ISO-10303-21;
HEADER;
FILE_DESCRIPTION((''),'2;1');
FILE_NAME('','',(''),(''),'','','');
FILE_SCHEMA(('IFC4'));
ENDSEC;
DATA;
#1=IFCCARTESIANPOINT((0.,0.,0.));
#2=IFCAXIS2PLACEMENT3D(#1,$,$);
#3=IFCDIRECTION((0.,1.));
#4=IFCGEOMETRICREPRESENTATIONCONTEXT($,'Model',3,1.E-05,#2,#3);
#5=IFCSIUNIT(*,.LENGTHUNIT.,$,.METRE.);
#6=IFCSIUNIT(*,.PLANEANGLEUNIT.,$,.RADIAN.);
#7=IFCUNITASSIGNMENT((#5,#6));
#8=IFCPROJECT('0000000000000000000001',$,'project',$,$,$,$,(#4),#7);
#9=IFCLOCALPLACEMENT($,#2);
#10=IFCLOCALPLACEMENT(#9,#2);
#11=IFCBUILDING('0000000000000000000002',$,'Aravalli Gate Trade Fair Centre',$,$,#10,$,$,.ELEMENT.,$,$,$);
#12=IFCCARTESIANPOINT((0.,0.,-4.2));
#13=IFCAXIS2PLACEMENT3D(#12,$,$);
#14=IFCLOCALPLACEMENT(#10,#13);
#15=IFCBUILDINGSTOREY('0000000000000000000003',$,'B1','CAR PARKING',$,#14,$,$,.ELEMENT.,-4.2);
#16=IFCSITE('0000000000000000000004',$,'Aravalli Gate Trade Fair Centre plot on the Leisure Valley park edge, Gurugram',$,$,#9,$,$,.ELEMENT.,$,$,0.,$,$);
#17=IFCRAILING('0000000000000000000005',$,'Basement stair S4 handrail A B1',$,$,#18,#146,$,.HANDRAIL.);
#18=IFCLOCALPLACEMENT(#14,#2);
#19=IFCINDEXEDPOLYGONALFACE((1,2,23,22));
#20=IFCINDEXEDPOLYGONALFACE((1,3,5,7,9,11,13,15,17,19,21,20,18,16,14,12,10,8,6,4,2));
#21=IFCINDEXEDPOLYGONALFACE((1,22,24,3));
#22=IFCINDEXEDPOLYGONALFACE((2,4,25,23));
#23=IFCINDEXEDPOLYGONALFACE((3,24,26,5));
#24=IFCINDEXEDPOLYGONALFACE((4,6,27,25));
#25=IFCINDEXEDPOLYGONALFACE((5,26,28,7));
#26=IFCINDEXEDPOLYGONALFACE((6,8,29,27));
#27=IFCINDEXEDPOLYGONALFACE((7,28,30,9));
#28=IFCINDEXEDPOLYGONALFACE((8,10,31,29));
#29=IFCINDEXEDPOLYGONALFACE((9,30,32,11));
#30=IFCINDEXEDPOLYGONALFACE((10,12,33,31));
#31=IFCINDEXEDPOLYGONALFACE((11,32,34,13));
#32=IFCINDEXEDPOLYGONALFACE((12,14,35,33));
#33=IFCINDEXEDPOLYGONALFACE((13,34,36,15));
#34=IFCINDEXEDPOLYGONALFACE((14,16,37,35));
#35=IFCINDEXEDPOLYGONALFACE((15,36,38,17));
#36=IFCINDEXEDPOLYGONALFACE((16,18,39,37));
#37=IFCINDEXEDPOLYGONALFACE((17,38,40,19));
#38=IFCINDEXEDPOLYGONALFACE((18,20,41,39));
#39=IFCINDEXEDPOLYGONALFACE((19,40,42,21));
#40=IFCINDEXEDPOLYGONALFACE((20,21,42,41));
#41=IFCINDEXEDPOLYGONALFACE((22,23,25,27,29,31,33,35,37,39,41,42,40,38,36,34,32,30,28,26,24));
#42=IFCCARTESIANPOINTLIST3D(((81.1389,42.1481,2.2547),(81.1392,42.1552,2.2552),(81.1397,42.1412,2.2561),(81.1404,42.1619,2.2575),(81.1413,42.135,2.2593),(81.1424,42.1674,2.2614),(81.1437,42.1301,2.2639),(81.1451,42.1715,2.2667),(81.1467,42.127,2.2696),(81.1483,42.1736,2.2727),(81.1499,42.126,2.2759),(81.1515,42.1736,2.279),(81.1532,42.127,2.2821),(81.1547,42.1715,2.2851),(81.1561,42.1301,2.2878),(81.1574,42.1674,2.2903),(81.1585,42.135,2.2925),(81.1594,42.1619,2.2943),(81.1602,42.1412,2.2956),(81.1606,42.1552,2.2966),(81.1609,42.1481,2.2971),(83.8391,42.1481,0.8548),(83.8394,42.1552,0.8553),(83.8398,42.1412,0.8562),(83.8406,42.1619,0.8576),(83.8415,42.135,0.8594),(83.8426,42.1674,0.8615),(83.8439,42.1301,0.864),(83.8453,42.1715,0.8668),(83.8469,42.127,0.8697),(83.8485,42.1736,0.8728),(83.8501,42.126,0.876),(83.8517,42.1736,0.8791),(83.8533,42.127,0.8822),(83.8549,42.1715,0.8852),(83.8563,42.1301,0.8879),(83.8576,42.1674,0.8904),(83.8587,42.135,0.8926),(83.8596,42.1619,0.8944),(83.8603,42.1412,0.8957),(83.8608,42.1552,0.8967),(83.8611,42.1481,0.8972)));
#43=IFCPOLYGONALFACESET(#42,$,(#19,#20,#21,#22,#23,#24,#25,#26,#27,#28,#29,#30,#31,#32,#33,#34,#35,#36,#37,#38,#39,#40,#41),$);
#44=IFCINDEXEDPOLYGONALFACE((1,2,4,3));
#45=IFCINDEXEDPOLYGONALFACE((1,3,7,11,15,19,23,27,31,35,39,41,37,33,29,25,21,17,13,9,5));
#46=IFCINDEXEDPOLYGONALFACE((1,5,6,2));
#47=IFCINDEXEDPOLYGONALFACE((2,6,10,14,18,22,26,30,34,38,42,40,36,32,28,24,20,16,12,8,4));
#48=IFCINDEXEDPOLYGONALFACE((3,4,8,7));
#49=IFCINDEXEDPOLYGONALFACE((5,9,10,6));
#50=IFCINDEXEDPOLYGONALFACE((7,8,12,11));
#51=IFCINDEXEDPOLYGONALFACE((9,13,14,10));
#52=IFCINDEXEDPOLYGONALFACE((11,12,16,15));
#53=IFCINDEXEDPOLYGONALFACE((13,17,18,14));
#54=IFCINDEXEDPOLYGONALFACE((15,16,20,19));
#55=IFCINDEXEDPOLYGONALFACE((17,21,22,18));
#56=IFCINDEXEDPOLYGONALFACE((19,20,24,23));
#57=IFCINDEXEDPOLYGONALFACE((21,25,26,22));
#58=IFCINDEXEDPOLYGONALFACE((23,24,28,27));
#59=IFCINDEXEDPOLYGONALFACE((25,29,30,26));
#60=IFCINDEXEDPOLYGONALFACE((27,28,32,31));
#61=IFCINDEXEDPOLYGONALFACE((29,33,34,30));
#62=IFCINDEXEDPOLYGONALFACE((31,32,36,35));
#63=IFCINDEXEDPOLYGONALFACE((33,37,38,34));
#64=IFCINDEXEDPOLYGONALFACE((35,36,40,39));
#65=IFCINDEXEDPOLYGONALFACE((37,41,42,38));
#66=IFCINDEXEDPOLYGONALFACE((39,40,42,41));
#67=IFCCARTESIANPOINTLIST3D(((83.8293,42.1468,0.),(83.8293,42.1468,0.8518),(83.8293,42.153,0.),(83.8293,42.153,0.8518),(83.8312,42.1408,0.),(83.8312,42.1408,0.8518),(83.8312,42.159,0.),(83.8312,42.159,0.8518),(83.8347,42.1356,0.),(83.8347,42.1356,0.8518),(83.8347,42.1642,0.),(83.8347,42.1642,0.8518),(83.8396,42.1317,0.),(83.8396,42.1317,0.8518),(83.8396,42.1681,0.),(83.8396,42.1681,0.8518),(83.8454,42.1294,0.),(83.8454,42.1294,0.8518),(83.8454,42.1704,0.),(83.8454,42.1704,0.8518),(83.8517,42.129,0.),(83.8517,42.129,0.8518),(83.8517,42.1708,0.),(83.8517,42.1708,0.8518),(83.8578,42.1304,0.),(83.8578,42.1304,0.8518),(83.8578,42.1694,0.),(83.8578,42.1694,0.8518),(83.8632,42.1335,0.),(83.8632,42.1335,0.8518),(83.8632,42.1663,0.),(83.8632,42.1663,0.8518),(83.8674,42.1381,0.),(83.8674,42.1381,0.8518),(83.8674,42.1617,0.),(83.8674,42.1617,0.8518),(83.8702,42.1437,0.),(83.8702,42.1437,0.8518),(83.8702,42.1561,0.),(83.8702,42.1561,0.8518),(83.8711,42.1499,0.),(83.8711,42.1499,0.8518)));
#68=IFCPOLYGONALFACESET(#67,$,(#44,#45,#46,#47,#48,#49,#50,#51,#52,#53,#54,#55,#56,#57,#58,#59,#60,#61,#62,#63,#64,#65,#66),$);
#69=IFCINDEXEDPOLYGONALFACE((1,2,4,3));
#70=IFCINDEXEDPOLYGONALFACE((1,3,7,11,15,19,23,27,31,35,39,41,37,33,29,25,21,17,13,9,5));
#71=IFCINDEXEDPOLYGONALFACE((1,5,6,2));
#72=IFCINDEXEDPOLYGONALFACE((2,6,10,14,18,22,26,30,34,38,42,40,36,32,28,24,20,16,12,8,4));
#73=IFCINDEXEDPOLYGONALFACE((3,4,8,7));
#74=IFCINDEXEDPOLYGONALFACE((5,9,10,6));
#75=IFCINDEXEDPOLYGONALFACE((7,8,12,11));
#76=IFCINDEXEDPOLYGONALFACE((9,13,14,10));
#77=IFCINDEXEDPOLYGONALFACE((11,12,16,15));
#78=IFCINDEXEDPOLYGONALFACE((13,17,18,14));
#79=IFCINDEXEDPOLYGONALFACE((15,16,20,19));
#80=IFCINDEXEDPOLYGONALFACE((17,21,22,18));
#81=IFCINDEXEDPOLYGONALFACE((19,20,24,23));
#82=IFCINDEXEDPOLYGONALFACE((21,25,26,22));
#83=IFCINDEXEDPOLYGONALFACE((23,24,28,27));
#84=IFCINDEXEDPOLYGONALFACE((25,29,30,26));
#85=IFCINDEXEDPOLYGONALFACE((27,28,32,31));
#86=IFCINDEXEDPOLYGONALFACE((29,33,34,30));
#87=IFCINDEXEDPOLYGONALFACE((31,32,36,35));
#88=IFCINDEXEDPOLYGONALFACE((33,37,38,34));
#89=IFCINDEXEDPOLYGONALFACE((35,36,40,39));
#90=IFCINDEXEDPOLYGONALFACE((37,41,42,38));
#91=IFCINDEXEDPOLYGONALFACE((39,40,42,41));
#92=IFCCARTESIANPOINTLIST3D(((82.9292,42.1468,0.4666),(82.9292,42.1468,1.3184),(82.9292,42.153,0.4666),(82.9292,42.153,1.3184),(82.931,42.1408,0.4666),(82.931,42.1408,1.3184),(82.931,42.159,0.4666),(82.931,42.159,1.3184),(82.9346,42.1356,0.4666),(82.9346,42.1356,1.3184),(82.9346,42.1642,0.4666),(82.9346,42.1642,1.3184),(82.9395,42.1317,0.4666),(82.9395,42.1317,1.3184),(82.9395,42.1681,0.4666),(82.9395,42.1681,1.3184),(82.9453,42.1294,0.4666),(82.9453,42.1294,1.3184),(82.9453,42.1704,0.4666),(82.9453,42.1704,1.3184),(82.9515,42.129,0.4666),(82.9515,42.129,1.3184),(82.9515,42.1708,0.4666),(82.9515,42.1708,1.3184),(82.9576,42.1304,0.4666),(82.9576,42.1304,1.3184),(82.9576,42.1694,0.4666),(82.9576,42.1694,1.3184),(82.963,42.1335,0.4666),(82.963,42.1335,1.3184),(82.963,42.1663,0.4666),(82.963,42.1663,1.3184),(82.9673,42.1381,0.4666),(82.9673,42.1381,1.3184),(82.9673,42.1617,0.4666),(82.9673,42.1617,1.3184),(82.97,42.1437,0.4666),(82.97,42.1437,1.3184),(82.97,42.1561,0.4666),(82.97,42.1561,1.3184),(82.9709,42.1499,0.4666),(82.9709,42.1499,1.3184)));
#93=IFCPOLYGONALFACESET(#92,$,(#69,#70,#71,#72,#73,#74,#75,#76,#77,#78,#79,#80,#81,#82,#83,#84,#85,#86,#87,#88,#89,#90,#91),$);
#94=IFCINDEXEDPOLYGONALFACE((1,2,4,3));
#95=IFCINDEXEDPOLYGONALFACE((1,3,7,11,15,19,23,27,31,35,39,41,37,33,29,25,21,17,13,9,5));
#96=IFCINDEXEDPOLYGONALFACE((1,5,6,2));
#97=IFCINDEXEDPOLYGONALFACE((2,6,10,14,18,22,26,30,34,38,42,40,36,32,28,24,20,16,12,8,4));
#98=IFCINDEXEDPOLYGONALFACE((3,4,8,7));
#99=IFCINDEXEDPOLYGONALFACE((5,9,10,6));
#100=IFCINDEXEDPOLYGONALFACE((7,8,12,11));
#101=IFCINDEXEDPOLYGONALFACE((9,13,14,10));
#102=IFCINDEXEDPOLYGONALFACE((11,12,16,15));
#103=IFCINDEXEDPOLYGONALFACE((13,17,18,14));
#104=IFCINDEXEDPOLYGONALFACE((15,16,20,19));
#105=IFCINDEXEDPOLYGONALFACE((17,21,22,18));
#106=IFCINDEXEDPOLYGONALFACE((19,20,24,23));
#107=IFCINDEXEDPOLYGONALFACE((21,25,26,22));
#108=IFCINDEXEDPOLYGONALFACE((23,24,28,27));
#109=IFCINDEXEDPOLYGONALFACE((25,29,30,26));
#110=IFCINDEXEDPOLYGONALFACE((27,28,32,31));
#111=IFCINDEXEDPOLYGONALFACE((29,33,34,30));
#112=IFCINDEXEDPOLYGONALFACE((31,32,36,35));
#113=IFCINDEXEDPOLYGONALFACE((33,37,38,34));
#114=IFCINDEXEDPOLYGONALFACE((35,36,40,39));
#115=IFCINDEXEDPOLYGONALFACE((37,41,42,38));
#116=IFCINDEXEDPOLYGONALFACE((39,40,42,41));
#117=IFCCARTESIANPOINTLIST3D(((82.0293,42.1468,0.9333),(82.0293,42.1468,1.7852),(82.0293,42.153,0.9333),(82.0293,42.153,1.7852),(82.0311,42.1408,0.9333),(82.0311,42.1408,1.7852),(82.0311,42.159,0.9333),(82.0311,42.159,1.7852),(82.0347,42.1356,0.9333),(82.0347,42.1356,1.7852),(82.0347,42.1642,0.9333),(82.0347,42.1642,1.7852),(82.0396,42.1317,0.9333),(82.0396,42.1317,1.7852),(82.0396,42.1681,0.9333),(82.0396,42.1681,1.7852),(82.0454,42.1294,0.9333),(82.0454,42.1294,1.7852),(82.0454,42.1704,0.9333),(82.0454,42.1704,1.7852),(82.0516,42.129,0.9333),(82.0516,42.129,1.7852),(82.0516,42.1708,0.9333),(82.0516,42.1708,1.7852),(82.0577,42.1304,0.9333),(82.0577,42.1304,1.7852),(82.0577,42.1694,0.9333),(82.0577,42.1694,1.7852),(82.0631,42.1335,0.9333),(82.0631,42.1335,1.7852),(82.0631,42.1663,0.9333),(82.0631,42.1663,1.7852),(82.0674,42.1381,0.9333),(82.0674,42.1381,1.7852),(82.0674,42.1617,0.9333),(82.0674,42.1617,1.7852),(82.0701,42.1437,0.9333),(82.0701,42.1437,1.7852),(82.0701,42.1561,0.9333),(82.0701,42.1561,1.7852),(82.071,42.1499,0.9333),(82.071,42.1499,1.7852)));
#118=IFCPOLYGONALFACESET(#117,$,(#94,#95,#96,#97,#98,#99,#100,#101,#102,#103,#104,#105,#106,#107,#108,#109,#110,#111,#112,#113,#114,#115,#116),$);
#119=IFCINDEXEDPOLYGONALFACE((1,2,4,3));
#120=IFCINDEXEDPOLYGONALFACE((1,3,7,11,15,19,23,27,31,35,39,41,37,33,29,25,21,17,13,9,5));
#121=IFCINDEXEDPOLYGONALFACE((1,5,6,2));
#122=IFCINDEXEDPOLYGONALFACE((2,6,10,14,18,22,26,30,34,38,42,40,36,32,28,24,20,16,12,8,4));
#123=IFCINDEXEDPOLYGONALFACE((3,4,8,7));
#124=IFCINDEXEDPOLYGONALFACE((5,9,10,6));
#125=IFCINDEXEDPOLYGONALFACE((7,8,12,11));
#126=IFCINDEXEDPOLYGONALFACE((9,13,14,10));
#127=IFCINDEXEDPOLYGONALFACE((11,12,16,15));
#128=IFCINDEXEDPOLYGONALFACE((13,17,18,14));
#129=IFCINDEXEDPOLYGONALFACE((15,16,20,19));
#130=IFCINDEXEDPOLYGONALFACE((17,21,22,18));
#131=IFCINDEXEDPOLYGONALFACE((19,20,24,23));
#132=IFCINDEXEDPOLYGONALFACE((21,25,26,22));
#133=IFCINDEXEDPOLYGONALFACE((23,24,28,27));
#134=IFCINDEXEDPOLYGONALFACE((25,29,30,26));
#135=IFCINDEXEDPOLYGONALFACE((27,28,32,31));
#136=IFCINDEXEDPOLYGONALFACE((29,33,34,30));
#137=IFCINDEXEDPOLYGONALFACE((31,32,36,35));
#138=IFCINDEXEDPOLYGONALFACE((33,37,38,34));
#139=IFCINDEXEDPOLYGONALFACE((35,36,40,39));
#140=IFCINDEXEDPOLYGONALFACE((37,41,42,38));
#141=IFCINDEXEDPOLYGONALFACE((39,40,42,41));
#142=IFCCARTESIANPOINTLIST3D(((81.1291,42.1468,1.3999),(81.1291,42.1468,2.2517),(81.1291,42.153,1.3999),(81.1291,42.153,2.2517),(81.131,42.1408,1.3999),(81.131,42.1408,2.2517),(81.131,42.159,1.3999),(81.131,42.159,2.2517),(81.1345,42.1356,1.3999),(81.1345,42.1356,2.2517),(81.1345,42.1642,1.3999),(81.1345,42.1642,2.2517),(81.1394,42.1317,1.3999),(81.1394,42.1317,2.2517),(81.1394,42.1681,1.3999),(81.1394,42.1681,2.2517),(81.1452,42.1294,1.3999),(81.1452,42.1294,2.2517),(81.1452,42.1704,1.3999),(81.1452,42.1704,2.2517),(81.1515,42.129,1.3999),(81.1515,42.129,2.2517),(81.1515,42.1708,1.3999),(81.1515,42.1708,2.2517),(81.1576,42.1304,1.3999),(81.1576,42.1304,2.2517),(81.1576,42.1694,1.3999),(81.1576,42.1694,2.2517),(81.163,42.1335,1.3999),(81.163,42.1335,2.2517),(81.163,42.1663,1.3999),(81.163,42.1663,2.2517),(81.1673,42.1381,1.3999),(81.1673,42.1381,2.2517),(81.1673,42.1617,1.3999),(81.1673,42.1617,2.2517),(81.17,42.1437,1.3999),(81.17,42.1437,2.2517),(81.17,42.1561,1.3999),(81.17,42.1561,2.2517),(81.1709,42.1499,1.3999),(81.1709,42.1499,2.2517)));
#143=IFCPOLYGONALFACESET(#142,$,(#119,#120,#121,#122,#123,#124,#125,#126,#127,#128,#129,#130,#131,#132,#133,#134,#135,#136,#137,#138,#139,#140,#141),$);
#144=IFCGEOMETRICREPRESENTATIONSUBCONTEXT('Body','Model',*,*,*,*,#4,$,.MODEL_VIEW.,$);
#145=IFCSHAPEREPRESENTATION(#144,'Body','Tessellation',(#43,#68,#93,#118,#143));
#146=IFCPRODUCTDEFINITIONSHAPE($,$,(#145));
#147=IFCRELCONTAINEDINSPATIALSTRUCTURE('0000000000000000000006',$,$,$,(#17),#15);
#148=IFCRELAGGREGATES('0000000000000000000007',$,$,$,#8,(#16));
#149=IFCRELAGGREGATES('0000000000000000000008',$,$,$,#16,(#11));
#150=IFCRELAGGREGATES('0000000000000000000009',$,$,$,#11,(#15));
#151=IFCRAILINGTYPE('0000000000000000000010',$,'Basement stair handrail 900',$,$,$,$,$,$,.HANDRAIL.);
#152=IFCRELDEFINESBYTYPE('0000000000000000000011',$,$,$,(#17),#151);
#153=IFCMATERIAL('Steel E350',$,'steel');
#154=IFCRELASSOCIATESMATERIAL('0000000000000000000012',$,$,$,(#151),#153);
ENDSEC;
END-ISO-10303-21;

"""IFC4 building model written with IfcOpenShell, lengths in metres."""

from ifc_helpers import new_model, si_unit, direction, frame, origin, origin_2d, place, context, subcontext, project, spatial, circle, extrude, material, type_object, element, save


model = new_model("IFC4")

# Units and contexts
model_context = context("Model", 3, precision=1e-05, world=origin(), true_north=direction((0.0, 1.0)))
body_context = subcontext(model_context, "Body", "Model", "MODEL_VIEW")
ifc_project = project(units=[si_unit("LENGTHUNIT", "METRE"), si_unit("PLANEANGLEUNIT", "RADIAN")], contexts=[model_context])

# Site, building, storey
site_placement = place(None, origin())
site = spatial("IfcSite", under=ifc_project, at=site_placement, Name="Aravalli Gate Trade Fair Centre plot on the Leisure Valley park edge, Gurugram", CompositionType="ELEMENT", RefElevation=0.0)
building_placement = place(site_placement, origin())
building = spatial("IfcBuilding", under=site, at=building_placement, Name="Aravalli Gate Trade Fair Centre", CompositionType="ELEMENT")
storey_placement = place(building_placement, frame((0.0, 0.0, -4.2)))
storey = spatial("IfcBuildingStorey", under=building, at=storey_placement, Name="B1", Description="CAR PARKING", CompositionType="ELEMENT", Elevation=-4.2)

# Railing
ifc_material_1 = material(Name="Steel E350", Category="steel")
railing_type_1 = type_object("IfcRailingType", Name="Basement stair handrail 900", PredefinedType="HANDRAIL", material=ifc_material_1)
for number, where, name in (
    (1, (83.8501, 42.1499, 0.0), "Basement stair S4 handrail A B1"),
):
    element("IfcRailing", number, at=place(storey_placement, frame(where)), inside=storey, type_object=railing_type_1, Name=name, PredefinedType="HANDRAIL", context=body_context, shape_type="SweptSolid", body=[
        extrude(circle(Radius=0.0239, at=origin_2d()), frame((0.0, 0.0, 0.876), z_axis=(-0.887781, 0.0, 0.460266), x_axis=(0.0, -1.0, 0.0)), (0.0, 0.0, 1.0), 3.0415),
        extrude(circle(Radius=0.021, at=origin_2d()), origin(), (0.0, 0.0, 1.0), 0.8518),
        extrude(circle(Radius=0.021, at=origin_2d()), frame((-0.9001, 0.0, 0.4666)), (0.0, 0.0, 1.0), 0.8518),
        extrude(circle(Radius=0.021, at=origin_2d()), frame((-1.8, 0.0, 0.9333)), (0.0, 0.0, 1.0), 0.8518),
        extrude(circle(Radius=0.021, at=origin_2d()), frame((-2.7002, 0.0, 1.3999)), (0.0, 0.0, 1.0), 0.8518),
    ])

save(model, "model.ifc")
